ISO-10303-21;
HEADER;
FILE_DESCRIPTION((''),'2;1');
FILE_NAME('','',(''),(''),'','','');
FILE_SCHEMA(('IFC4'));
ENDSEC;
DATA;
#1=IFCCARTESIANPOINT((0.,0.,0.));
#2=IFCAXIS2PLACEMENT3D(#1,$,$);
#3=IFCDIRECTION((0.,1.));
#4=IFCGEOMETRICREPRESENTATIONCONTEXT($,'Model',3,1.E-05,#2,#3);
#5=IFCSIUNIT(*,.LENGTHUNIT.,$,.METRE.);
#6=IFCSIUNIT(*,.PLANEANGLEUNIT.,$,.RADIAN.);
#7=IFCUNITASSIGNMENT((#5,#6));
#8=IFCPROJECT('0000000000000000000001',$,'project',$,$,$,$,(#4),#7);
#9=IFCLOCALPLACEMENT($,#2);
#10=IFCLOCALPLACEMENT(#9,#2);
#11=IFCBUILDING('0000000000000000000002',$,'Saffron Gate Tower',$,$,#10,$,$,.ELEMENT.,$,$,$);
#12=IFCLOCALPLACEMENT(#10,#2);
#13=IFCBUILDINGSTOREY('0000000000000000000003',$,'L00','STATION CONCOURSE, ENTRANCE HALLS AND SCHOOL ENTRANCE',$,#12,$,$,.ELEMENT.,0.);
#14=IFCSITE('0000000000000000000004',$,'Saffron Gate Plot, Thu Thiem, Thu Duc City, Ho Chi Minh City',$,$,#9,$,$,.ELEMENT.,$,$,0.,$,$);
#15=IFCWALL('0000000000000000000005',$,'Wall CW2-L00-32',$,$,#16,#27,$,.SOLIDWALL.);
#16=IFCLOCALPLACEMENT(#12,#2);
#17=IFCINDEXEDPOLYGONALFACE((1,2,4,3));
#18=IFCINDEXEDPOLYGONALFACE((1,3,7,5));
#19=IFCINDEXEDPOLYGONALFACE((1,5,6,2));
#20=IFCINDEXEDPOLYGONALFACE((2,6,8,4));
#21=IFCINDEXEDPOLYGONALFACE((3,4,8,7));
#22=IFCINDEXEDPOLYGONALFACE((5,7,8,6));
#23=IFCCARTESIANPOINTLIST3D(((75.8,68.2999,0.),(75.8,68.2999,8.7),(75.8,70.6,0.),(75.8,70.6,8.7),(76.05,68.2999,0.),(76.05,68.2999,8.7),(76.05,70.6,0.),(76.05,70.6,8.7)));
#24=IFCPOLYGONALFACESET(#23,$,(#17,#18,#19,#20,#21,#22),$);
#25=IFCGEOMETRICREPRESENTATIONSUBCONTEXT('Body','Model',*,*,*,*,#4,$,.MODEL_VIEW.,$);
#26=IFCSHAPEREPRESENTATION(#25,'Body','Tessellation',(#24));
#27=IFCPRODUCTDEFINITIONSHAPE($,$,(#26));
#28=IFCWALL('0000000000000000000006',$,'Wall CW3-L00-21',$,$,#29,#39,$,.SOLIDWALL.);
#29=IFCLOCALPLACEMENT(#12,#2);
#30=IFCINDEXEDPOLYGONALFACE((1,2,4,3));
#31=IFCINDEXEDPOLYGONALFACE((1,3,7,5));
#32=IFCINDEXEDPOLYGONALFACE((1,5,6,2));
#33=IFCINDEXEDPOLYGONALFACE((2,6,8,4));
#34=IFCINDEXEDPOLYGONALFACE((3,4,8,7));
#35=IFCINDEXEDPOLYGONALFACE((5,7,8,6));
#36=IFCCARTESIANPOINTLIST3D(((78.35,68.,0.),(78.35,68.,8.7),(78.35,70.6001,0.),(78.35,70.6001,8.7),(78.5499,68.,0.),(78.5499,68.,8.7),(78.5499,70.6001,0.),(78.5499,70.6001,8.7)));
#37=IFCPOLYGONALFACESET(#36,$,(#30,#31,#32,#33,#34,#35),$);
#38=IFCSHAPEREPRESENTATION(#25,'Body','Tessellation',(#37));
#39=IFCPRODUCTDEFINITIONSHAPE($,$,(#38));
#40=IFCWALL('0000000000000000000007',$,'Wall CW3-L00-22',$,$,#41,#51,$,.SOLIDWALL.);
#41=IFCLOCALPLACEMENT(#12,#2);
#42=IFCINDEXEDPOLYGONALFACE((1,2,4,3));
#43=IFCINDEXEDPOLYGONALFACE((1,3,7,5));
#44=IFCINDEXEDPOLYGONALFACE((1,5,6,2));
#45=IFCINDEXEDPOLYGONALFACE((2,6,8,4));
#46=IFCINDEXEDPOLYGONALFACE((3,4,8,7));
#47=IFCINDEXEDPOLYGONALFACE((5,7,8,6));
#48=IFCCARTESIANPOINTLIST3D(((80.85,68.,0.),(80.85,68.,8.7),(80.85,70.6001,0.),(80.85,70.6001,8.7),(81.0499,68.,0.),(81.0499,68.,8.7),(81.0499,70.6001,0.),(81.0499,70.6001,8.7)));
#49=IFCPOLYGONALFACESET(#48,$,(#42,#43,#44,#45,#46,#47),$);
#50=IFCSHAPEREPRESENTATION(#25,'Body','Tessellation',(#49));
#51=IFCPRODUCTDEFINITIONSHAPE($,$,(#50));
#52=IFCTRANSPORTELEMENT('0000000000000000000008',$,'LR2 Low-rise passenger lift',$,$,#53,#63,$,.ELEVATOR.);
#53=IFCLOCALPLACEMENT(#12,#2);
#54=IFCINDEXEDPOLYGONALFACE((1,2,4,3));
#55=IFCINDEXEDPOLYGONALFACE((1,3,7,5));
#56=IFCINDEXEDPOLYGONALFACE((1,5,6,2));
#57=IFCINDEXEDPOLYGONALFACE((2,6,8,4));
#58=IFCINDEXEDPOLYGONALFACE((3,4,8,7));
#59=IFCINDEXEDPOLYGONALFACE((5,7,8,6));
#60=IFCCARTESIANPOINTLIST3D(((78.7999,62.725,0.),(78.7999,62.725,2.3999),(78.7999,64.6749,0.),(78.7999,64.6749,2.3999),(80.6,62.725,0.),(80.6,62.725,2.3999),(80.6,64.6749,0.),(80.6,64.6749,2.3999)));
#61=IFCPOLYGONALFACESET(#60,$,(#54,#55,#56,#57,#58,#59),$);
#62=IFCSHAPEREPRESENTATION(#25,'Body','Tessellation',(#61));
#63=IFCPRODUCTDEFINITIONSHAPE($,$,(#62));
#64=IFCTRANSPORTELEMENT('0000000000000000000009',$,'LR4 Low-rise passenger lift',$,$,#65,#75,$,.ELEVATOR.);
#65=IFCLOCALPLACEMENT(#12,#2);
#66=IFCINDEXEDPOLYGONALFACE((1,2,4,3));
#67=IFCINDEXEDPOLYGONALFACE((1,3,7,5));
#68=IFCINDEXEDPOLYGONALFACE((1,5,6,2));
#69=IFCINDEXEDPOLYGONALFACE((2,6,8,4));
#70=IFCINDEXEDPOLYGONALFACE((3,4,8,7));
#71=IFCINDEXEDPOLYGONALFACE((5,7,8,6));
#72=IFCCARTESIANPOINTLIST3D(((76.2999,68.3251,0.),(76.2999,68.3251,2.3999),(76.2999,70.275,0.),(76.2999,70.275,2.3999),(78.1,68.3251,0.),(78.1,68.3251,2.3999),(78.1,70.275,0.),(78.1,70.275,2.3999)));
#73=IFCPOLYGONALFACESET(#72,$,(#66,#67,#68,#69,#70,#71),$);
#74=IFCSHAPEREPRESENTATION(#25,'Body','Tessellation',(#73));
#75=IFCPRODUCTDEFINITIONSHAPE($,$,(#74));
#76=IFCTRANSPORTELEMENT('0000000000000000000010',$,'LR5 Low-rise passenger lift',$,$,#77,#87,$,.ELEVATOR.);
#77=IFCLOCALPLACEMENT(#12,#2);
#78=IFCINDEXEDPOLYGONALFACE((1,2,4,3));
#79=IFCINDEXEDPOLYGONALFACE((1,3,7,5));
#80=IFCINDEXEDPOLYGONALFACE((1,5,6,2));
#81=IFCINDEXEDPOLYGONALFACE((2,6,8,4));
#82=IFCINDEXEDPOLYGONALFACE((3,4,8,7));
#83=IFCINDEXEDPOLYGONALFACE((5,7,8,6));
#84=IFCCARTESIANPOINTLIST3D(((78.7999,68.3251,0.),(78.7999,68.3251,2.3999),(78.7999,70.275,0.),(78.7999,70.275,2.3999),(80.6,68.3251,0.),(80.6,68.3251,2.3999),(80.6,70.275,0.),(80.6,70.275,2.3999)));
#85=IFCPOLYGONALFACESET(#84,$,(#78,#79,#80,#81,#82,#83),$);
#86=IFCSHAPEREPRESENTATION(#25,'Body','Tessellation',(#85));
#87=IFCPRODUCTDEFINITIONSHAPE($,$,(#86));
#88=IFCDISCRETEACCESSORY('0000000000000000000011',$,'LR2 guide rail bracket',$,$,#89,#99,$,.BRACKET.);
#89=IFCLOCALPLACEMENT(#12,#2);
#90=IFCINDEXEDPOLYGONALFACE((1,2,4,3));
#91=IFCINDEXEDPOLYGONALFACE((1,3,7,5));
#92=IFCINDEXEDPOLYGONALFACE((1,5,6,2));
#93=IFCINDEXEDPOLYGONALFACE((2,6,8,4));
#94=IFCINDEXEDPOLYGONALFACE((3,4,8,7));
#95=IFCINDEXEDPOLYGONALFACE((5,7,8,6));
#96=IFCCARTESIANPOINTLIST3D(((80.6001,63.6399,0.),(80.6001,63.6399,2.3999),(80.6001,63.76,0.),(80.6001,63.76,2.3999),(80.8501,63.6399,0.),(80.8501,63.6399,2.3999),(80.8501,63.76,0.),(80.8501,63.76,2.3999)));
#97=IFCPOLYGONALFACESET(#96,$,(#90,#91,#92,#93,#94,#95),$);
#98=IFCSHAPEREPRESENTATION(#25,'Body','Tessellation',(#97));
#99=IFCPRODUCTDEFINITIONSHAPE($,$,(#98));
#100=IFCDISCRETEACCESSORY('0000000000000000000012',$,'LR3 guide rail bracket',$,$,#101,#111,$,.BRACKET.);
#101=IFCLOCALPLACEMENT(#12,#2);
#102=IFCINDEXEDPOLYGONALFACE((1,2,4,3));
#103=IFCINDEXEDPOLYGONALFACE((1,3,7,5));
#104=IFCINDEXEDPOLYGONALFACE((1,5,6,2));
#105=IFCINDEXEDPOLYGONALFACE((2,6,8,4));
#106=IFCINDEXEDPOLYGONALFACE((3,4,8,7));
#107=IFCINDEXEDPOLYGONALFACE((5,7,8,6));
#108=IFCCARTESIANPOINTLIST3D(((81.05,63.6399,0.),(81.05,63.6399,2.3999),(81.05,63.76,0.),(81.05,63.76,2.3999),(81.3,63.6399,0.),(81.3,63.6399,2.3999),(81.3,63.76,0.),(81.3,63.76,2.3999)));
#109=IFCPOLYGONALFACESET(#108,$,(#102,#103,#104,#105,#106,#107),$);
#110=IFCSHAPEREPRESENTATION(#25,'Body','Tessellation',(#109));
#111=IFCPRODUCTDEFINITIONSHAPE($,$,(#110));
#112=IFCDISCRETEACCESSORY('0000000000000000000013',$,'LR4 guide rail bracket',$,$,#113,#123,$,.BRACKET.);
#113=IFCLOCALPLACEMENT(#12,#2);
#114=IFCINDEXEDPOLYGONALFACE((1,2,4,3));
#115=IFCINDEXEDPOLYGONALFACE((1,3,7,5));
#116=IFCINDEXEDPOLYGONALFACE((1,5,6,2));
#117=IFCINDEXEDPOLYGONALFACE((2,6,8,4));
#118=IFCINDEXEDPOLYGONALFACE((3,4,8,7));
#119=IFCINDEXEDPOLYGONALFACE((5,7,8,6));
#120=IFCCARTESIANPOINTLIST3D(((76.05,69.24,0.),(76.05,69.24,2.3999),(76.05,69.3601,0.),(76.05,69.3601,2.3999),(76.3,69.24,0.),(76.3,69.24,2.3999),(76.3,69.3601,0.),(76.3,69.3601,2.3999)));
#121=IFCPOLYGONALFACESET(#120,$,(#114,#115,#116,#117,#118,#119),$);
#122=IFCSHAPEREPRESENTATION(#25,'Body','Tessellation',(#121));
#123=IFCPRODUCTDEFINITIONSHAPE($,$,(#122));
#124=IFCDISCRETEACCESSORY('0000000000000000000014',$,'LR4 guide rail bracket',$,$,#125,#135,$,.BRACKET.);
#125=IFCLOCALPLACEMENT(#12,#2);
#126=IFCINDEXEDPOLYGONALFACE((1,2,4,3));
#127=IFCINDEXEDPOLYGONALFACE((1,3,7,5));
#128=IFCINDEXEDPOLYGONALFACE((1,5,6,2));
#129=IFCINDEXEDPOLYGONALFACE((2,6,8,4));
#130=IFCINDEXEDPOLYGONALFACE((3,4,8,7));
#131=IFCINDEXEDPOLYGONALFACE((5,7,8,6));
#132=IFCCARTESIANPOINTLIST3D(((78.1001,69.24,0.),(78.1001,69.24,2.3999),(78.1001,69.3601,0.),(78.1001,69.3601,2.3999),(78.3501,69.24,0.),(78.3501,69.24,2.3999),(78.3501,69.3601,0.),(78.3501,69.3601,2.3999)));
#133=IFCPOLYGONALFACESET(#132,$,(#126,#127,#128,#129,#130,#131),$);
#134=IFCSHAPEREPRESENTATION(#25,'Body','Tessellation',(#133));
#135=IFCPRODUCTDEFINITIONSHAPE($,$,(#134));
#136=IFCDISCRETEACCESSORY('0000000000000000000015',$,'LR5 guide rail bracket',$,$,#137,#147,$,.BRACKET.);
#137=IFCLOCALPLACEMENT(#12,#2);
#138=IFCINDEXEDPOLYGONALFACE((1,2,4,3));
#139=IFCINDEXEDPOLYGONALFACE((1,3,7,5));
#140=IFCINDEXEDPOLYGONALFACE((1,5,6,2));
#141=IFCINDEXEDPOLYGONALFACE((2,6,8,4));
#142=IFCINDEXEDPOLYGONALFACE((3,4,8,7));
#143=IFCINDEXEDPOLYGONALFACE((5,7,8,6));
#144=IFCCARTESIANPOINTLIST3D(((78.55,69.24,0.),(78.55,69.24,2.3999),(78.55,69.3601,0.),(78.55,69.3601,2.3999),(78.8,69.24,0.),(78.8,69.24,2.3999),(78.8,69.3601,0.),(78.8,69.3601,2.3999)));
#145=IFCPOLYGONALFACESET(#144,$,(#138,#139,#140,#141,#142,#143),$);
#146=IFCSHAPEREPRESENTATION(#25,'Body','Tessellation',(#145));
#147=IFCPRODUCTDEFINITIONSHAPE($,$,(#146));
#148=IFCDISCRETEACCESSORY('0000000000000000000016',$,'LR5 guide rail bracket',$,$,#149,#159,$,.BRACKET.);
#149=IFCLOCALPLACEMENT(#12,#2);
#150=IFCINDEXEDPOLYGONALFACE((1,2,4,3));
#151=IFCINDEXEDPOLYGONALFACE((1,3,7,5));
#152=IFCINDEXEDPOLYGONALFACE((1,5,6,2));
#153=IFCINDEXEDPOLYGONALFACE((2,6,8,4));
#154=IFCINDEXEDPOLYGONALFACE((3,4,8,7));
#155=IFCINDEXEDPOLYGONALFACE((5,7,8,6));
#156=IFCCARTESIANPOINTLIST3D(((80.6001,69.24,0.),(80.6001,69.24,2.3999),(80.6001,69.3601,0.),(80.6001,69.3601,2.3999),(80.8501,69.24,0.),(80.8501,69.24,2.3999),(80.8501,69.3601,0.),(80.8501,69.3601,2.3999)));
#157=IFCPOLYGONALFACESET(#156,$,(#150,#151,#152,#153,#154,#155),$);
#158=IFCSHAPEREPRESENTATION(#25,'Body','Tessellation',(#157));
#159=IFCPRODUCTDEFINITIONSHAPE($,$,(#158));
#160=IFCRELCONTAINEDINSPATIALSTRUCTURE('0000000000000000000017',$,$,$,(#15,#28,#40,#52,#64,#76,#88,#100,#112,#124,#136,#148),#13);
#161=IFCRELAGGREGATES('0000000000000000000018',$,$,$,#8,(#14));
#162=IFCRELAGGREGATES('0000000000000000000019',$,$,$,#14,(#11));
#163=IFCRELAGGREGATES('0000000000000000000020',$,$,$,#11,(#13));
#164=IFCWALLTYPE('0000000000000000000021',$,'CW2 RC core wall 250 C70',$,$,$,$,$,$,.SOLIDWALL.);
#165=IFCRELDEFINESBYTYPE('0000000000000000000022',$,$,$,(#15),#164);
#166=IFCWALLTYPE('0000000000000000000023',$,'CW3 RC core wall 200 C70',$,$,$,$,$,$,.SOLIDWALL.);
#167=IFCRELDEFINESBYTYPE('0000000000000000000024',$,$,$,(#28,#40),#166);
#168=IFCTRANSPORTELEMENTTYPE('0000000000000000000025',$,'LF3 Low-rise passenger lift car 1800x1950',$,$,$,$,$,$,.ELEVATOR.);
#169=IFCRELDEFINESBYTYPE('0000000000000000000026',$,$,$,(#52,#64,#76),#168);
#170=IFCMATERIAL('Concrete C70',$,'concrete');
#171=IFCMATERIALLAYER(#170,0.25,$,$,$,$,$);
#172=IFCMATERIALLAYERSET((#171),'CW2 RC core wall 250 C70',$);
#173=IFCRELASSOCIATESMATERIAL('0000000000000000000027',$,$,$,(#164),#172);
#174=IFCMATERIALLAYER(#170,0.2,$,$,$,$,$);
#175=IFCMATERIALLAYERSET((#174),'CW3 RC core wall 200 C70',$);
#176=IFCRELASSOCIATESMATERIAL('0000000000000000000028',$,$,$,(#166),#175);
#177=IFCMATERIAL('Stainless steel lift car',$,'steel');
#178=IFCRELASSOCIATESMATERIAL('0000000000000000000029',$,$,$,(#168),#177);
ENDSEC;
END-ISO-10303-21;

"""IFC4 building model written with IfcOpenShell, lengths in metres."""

from ifc_helpers import new_model, si_unit, direction, frame, frame_2d, origin, origin_2d, place, context, subcontext, project, spatial, rectangle, extrude, material, layer, layer_set, type_object, element, save


model = new_model("IFC4")

# Units and contexts
model_context = context("Model", 3, precision=1e-05, world=origin(), true_north=direction((0.0, 1.0)))
body_context = subcontext(model_context, "Body", "Model", "MODEL_VIEW")
ifc_project = project(units=[si_unit("LENGTHUNIT", "METRE"), si_unit("PLANEANGLEUNIT", "RADIAN")], contexts=[model_context])

# Site, building, storey
site_placement = place(None, origin())
site = spatial("IfcSite", under=ifc_project, at=site_placement, Name="Saffron Gate Plot, Thu Thiem, Thu Duc City, Ho Chi Minh City", CompositionType="ELEMENT", RefElevation=0.0)
building_placement = place(site_placement, origin())
building = spatial("IfcBuilding", under=site, at=building_placement, Name="Saffron Gate Tower", CompositionType="ELEMENT")
storey_placement = place(building_placement, origin())
storey = spatial("IfcBuildingStorey", under=building, at=storey_placement, Name="L00", Description="STATION CONCOURSE, ENTRANCE HALLS AND SCHOOL ENTRANCE", CompositionType="ELEMENT", Elevation=0.0)

# Wall
ifc_material_1 = material(Name="Concrete C70", Category="concrete")
ifc_layer_1 = layer(ifc_material_1, 0.25)
ifc_layer_set_1 = layer_set([ifc_layer_1], Name="CW2 RC core wall 250 C70")
wall_type_1 = type_object("IfcWallType", Name="CW2 RC core wall 250 C70", PredefinedType="SOLIDWALL", material=ifc_layer_set_1)
wall_1_placement = place(storey_placement, frame((75.925, 68.3, 0.0), z_axis=(0.0, 0.0, 1.0), x_axis=(0.0, 1.0, 0.0)))
element("IfcWall", 1, at=wall_1_placement, inside=storey, type_object=wall_type_1, Name="Wall CW2-L00-32", PredefinedType="SOLIDWALL", context=body_context, shape_type="SweptSolid", body=[
    extrude(rectangle(XDim=2.3, YDim=0.25, at=frame_2d((1.1499, 0.0))), origin(), (0.0, 0.0, 1.0), 8.7),
])

# Shared definitions
ifc_layer_2 = layer(ifc_material_1, 0.2)
ifc_layer_set_2 = layer_set([ifc_layer_2], Name="CW3 RC core wall 200 C70")
wall_type_2 = type_object("IfcWallType", Name="CW3 RC core wall 200 C70", PredefinedType="SOLIDWALL", material=ifc_layer_set_2)

# Walls
for number, where, z_axis, x_axis, name in (
    (2, (78.45, 68.0, 0.0), (0.0, 0.0, 1.0), (0.0, 1.0, 0.0), "Wall CW3-L00-21"),
    (3, (80.95, 68.0, 0.0), (0.0, 0.0, 1.0), (0.0, 1.0, 0.0), "Wall CW3-L00-22"),
):
    element("IfcWall", number, at=place(storey_placement, frame(where, z_axis=z_axis, x_axis=x_axis)), inside=storey, type_object=wall_type_2, Name=name, PredefinedType="SOLIDWALL", context=body_context, shape_type="SweptSolid", body=[
        extrude(rectangle(XDim=2.6001, YDim=0.2, at=frame_2d((1.3, 0.0))), origin(), (0.0, 0.0, 1.0), 8.7),
    ])

# Transport elements
ifc_material_2 = material(Name="Stainless steel lift car", Category="steel")
transport_element_type = type_object("IfcTransportElementType", Name="LF3 Low-rise passenger lift car 1800x1950", PredefinedType="ELEVATOR", material=ifc_material_2)
for number, where, z_axis, x_axis, name in (
    (4, (79.7, 63.7, 0.0), (0.0, 0.0, 1.0), (1.0, 0.0, 0.0), "LR2 Low-rise passenger lift"),
    (5, (77.2, 69.3, 0.0), (0.0, 0.0, 1.0), (1.0, 0.0, 0.0), "LR4 Low-rise passenger lift"),
    (6, (79.7, 69.3, 0.0), (0.0, 0.0, 1.0), (1.0, 0.0, 0.0), "LR5 Low-rise passenger lift"),
):
    element("IfcTransportElement", number, at=place(storey_placement, frame(where, z_axis=z_axis, x_axis=x_axis)), inside=storey, type_object=transport_element_type, Name=name, PredefinedType="ELEVATOR", context=body_context, shape_type="SweptSolid", body=[
        extrude(rectangle(XDim=1.8, YDim=1.95, at=origin_2d()), origin(), (0.0, 0.0, 1.0), 2.3999),
    ])

# Discrete accessories
for number, where, z_axis, x_axis, name in (
    (7, (80.7251, 63.7, 0.0), (0.0, 0.0, 1.0), (1.0, 0.0, 0.0), "LR2 guide rail bracket"),
    (8, (81.175, 63.7, 0.0), (0.0, 0.0, 1.0), (1.0, 0.0, 0.0), "LR3 guide rail bracket"),
    (9, (76.175, 69.3, 0.0), (0.0, 0.0, 1.0), (1.0, 0.0, 0.0), "LR4 guide rail bracket"),
    (10, (78.2251, 69.3, 0.0), (0.0, 0.0, 1.0), (1.0, 0.0, 0.0), "LR4 guide rail bracket"),
    (11, (78.675, 69.3, 0.0), (0.0, 0.0, 1.0), (1.0, 0.0, 0.0), "LR5 guide rail bracket"),
    (12, (80.7251, 69.3, 0.0), (0.0, 0.0, 1.0), (1.0, 0.0, 0.0), "LR5 guide rail bracket"),
):
    element("IfcDiscreteAccessory", number, at=place(storey_placement, frame(where, z_axis=z_axis, x_axis=x_axis)), inside=storey, Name=name, PredefinedType="BRACKET", context=body_context, shape_type="SweptSolid", body=[
        extrude(rectangle(XDim=0.25, YDim=0.1201, at=origin_2d()), origin(), (0.0, 0.0, 1.0), 2.3999),
    ])

save(model, "model.ifc")
